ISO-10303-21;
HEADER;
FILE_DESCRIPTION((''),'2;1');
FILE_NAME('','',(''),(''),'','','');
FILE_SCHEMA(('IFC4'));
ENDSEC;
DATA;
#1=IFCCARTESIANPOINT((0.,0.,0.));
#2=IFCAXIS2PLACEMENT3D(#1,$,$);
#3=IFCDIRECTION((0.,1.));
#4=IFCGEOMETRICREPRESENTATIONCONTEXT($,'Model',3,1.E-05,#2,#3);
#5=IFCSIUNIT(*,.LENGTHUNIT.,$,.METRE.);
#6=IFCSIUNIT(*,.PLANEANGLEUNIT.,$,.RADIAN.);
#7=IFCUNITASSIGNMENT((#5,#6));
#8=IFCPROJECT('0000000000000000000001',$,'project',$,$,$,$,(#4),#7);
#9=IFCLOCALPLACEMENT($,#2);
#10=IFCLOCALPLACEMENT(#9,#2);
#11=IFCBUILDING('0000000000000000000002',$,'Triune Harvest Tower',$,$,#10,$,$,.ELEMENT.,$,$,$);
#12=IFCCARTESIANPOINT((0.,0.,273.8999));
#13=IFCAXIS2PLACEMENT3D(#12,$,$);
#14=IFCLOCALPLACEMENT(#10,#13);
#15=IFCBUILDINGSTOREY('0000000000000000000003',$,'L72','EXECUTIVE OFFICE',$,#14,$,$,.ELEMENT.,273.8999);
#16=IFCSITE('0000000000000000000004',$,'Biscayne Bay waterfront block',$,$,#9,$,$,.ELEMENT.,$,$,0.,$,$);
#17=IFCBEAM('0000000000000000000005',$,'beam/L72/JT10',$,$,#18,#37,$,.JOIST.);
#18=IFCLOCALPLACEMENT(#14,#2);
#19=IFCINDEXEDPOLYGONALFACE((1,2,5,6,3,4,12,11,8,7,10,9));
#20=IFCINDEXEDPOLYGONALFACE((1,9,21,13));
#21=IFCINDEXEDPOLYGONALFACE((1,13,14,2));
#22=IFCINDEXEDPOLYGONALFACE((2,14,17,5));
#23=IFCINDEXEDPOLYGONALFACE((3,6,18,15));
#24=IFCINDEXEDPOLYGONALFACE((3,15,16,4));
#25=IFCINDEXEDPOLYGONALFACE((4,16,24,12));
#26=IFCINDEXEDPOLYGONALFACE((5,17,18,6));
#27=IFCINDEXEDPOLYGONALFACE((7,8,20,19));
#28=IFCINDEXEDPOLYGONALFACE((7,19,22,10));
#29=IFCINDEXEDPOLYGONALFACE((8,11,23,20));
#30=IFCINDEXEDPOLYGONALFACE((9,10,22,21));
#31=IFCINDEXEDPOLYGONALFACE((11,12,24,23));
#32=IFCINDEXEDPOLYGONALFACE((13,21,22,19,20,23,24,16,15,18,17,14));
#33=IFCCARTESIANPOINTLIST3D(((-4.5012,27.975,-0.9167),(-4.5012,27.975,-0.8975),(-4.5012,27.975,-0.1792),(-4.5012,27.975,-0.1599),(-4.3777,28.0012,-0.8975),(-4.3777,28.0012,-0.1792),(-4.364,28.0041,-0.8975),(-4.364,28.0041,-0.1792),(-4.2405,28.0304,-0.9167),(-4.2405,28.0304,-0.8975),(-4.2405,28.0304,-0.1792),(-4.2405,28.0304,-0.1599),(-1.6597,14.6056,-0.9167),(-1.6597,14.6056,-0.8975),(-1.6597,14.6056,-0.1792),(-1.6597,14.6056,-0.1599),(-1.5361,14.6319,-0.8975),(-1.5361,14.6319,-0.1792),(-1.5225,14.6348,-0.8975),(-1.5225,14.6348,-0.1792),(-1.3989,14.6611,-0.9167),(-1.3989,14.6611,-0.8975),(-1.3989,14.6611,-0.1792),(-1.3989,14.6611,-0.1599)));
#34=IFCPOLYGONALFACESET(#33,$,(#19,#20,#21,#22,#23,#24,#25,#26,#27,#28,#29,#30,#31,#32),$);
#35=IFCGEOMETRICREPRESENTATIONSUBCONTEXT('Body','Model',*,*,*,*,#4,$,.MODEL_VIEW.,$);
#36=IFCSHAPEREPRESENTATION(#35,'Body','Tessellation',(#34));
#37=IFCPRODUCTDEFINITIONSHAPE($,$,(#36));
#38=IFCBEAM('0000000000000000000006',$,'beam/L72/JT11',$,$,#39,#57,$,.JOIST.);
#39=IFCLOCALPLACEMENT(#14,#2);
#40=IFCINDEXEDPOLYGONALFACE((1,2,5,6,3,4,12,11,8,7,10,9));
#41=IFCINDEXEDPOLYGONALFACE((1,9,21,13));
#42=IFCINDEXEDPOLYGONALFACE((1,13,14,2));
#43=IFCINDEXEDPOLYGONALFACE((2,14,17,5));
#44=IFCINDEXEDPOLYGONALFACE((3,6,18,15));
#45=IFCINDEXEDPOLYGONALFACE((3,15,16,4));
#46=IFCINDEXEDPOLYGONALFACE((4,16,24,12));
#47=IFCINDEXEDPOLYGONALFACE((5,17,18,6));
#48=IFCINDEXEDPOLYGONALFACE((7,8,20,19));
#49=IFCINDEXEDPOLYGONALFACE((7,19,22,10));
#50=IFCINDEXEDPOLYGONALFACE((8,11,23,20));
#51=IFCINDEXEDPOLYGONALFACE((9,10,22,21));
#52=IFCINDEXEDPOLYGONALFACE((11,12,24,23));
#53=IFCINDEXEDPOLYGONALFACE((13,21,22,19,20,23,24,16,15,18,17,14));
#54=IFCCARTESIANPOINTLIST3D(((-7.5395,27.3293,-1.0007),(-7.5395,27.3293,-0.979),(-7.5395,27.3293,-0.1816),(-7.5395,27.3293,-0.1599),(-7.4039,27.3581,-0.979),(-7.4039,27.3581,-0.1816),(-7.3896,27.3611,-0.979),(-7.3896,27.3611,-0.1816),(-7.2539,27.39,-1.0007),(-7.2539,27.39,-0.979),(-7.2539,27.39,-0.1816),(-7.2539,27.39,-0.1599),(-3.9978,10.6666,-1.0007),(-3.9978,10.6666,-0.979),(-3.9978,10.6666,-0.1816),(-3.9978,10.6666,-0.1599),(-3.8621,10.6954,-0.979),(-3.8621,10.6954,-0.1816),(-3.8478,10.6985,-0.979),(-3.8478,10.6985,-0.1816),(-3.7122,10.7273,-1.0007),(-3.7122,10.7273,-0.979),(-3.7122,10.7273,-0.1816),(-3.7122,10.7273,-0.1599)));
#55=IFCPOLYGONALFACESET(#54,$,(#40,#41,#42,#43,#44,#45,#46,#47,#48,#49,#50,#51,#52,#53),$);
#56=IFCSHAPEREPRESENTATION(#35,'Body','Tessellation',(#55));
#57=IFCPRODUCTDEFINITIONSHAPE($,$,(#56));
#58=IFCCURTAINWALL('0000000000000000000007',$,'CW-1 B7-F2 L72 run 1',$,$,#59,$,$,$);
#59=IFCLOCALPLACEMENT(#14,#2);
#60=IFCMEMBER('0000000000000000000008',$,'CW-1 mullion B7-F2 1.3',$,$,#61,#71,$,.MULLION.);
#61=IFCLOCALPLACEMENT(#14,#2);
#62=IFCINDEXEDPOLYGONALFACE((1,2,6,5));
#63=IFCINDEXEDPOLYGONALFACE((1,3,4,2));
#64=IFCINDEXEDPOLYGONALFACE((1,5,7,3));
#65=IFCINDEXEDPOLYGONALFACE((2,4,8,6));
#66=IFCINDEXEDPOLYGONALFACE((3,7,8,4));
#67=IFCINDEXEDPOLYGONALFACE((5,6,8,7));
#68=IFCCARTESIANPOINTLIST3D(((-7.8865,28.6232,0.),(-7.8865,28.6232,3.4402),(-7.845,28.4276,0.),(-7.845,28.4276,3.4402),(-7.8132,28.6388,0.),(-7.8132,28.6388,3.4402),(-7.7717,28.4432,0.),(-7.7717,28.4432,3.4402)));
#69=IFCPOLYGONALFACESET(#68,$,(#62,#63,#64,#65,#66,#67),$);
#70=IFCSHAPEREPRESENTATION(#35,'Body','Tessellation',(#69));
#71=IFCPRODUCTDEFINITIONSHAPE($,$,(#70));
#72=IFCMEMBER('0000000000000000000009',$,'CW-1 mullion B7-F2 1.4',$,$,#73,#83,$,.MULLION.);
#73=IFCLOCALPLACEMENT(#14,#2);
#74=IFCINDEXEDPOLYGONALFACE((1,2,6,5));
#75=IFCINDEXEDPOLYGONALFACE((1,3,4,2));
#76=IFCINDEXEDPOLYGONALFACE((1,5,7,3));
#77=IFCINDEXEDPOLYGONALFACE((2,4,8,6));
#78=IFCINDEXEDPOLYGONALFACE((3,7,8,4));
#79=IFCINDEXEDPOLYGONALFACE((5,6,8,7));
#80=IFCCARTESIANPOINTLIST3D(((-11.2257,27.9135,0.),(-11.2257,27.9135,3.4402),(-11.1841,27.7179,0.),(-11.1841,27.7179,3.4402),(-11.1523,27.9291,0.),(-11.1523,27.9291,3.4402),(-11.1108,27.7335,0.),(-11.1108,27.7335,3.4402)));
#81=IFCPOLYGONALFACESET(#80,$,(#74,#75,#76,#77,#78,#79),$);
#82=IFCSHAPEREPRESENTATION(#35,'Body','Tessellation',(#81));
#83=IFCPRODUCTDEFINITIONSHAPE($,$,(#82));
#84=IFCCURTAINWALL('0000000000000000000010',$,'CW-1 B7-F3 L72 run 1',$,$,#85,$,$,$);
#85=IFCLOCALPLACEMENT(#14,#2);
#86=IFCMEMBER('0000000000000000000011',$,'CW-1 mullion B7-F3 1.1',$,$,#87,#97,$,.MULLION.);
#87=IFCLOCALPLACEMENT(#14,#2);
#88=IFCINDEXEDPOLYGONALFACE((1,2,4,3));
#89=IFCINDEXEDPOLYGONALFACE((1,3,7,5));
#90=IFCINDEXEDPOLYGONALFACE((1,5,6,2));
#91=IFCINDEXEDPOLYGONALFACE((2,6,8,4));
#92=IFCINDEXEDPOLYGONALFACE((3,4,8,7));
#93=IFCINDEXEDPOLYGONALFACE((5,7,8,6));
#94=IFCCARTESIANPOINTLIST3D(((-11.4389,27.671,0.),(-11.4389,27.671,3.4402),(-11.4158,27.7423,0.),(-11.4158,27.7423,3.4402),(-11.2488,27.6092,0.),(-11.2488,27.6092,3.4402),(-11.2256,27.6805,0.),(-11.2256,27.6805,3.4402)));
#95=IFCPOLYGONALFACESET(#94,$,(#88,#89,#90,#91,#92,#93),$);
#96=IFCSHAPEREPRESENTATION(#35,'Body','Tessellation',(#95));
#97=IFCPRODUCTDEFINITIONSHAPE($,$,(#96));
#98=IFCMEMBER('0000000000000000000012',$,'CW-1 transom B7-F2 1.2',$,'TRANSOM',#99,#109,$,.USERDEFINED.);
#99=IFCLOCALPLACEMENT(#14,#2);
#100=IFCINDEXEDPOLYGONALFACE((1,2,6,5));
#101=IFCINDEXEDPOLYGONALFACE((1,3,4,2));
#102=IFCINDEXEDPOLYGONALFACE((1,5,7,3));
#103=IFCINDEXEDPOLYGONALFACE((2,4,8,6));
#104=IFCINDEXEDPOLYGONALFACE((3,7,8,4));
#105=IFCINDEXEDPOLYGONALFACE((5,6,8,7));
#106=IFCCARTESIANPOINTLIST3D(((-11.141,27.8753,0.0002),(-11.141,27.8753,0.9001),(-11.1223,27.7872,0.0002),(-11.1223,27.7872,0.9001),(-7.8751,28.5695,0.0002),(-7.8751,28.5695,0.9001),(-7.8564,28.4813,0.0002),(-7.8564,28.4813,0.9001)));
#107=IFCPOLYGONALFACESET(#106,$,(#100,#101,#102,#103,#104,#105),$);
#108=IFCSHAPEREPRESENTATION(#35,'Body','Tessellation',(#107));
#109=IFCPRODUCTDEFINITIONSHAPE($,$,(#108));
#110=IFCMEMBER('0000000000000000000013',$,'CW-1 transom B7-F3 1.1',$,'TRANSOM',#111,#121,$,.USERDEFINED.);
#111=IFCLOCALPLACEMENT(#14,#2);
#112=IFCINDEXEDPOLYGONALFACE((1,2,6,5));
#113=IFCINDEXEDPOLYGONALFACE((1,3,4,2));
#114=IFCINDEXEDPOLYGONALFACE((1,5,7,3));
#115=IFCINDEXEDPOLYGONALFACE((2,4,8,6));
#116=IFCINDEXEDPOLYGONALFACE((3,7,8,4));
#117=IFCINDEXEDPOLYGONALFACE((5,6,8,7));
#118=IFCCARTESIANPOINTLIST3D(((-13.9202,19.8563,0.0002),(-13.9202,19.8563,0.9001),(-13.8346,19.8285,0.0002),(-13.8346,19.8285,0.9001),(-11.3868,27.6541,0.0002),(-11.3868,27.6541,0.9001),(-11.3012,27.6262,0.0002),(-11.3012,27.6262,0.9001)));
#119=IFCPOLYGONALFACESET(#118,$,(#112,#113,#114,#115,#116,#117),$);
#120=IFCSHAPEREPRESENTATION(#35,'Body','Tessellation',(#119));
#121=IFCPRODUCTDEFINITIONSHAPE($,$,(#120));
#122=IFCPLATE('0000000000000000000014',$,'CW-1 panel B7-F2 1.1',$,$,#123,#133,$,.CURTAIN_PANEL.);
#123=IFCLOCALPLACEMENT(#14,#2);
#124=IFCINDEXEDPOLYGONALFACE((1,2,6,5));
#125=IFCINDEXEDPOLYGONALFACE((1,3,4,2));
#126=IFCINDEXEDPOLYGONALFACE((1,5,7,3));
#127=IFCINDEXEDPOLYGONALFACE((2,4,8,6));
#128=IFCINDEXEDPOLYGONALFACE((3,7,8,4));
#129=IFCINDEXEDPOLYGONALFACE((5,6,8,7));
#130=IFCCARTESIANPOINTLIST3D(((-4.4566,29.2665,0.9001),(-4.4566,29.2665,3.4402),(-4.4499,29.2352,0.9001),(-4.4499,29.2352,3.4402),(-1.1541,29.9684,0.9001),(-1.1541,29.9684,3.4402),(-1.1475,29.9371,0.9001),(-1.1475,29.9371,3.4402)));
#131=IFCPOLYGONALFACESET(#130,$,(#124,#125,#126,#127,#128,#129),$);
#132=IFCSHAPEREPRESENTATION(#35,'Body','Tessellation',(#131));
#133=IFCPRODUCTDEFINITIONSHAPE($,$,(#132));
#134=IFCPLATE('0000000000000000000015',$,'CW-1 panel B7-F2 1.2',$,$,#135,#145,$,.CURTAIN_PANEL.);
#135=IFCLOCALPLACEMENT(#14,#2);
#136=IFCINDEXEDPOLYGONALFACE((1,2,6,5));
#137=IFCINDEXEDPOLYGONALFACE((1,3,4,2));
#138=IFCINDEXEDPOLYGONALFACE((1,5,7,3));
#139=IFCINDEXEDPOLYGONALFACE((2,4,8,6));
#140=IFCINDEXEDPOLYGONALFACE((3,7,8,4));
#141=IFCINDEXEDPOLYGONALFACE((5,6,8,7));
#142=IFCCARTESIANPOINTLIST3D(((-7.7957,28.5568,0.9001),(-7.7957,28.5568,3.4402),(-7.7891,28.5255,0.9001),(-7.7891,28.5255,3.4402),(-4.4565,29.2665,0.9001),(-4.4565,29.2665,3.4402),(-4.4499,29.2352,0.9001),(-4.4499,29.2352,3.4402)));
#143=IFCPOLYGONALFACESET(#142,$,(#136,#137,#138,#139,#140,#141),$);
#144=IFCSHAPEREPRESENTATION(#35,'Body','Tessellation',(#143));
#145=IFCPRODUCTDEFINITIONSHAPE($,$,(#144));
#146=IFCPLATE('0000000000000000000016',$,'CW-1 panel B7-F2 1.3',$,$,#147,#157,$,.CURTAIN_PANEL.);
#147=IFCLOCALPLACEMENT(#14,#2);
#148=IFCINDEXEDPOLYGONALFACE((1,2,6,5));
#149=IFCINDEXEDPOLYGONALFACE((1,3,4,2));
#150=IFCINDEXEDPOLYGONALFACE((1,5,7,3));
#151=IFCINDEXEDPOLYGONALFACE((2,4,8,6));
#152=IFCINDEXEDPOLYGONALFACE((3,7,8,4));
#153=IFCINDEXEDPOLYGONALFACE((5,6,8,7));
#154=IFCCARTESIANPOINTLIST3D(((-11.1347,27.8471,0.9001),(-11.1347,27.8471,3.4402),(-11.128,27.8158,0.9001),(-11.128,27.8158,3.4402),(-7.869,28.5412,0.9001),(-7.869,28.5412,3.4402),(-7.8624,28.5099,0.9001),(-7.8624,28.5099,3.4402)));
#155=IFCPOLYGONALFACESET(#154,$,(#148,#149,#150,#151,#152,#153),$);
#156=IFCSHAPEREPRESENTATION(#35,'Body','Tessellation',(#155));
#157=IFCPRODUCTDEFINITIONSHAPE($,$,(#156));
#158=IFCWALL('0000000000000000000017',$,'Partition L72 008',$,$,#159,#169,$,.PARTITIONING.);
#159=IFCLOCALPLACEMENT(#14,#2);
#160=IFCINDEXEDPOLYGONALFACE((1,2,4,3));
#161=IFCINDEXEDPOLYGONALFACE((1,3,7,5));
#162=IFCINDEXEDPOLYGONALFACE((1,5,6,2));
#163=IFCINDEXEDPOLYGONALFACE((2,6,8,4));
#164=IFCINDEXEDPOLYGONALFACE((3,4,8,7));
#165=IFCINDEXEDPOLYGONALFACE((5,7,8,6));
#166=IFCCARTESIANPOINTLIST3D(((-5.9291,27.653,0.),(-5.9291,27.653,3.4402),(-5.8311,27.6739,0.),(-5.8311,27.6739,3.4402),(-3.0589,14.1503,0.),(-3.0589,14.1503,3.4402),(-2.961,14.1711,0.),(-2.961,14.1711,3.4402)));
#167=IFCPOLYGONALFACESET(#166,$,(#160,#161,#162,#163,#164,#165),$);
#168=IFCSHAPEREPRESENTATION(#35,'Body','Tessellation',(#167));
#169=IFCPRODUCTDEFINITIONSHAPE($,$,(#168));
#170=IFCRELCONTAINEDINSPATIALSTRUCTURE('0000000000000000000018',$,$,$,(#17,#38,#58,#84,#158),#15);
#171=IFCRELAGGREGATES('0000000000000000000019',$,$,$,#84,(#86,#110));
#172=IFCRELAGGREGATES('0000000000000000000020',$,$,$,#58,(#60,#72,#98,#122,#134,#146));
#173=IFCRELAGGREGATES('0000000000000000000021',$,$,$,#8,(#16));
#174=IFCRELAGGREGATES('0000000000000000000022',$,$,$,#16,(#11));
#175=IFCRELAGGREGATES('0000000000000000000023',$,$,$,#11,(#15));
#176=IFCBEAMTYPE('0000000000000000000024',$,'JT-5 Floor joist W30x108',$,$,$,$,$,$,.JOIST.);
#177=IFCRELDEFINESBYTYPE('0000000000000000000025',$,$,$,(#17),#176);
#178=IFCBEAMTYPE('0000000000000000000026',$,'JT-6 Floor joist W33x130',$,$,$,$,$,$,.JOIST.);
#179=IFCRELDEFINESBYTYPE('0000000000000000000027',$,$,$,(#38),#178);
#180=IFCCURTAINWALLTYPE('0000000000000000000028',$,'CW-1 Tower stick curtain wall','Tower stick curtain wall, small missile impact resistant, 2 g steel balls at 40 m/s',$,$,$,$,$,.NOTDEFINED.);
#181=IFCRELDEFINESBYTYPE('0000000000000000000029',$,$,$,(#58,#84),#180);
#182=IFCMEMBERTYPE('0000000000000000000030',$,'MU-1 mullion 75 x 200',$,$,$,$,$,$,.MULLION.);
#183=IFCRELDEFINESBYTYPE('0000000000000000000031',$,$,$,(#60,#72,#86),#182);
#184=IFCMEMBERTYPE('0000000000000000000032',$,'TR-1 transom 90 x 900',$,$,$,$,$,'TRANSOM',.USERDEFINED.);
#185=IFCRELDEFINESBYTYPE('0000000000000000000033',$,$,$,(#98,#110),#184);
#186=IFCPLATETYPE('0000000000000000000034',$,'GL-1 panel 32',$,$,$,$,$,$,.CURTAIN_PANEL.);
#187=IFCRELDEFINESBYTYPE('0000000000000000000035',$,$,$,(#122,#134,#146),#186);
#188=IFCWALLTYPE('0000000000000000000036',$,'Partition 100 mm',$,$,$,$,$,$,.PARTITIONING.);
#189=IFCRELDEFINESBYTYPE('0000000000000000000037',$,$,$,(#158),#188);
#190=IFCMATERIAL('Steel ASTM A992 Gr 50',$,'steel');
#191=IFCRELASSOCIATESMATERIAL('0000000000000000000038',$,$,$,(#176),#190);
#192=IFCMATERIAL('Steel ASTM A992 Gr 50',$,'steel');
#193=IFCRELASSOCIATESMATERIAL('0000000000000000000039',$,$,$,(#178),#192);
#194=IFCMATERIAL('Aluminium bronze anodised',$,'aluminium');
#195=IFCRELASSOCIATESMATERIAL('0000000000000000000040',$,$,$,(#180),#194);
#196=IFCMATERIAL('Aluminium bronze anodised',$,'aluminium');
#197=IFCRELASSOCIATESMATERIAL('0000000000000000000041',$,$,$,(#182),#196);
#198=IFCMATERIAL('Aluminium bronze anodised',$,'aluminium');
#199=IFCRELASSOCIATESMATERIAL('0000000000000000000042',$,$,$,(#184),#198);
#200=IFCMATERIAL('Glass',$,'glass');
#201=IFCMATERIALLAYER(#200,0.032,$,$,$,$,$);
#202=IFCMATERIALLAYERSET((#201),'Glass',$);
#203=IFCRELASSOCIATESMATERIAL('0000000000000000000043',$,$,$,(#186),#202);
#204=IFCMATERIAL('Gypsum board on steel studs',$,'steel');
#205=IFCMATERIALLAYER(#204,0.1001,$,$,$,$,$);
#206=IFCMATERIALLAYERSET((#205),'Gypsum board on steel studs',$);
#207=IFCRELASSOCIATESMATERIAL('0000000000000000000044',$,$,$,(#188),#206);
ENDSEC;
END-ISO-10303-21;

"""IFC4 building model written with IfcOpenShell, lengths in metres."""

from ifc_helpers import new_model, si_unit, direction, frame, frame_2d, origin, origin_2d, place, context, subcontext, project, spatial, rectangle, i_section, extrude, source, transform, mapped, material, layer, layer_set, material_profile, profile_set, type_object, element, aggregate, save


model = new_model("IFC4")

# Units and contexts
model_context = context("Model", 3, precision=1e-05, world=origin(), true_north=direction((0.0, 1.0)))
body_context = subcontext(model_context, "Body", "Model", "MODEL_VIEW")
ifc_project = project(units=[si_unit("LENGTHUNIT", "METRE"), si_unit("PLANEANGLEUNIT", "RADIAN")], contexts=[model_context])

# Site, building, storey
site_placement = place(None, origin())
site = spatial("IfcSite", under=ifc_project, at=site_placement, Name="Biscayne Bay waterfront block", CompositionType="ELEMENT", RefElevation=0.0)
building_placement = place(site_placement, origin())
building = spatial("IfcBuilding", under=site, at=building_placement, Name="Triune Harvest Tower", CompositionType="ELEMENT")
storey_placement = place(building_placement, frame((0.0, 0.0, 273.8999)))
storey = spatial("IfcBuildingStorey", under=building, at=storey_placement, Name="L72", Description="EXECUTIVE OFFICE", CompositionType="ELEMENT", Elevation=273.8999)

# Beams
ifc_material_1 = material(Name="Steel ASTM A992 Gr 50", Category="steel")
ifc_material_profile_1 = material_profile(ifc_material_1, i_section(OverallWidth=0.2666, OverallDepth=0.7568, WebThickness=0.0139, FlangeThickness=0.0193, at=origin_2d()), Name="W30x108")
ifc_profile_set_1 = profile_set([ifc_material_profile_1], Name="Steel ASTM A992 Gr 50")
beam_type_1 = type_object("IfcBeamType", Name="JT-5 Floor joist W30x108", PredefinedType="JOIST", material=ifc_profile_set_1)
shared_shape_1 = source(origin(), body_context, "Body", "SweptSolid", [
    extrude(i_section(OverallWidth=0.2666, OverallDepth=0.7568, WebThickness=0.0139, FlangeThickness=0.0193, at=origin_2d()), origin(), (0.0, 0.0, 1.0), 13.668),
])
beam_1_placement = place(storey_placement, frame((-4.3708, 28.0027, -0.5383), z_axis=(0.207898, -0.978151, 0.0), x_axis=(0.978151, 0.207898, 0.0)))
element("IfcBeam", 1, at=beam_1_placement, inside=storey, type_object=beam_type_1, Name="beam/L72/JT10", PredefinedType="JOIST", context=body_context, shape_type="MappedRepresentation", body=[
    mapped(shared_shape_1, transform((0.0, 0.0, 0.0), scale=1.0)),
])
ifc_material_2 = material(Name="Steel ASTM A992 Gr 50", Category="steel")
ifc_material_profile_2 = material_profile(ifc_material_2, i_section(OverallWidth=0.292, OverallDepth=0.8408, WebThickness=0.0146, FlangeThickness=0.0217, at=origin_2d()), Name="W33x130")
ifc_profile_set_2 = profile_set([ifc_material_profile_2], Name="Steel ASTM A992 Gr 50")
beam_type_2 = type_object("IfcBeamType", Name="JT-6 Floor joist W33x130", PredefinedType="JOIST", material=ifc_profile_set_2)
shared_shape_2 = source(origin(), body_context, "Body", "SweptSolid", [
    extrude(i_section(OverallWidth=0.292, OverallDepth=0.8408, WebThickness=0.0146, FlangeThickness=0.0217, at=origin_2d()), origin(), (0.0, 0.0, 1.0), 17.0349),
])
beam_2_placement = place(storey_placement, frame((-7.3967, 27.3596, -0.5803), z_axis=(0.207912, -0.978148, 0.0), x_axis=(0.978148, 0.207912, 0.0)))
element("IfcBeam", 2, at=beam_2_placement, inside=storey, type_object=beam_type_2, Name="beam/L72/JT11", PredefinedType="JOIST", context=body_context, shape_type="MappedRepresentation", body=[
    mapped(shared_shape_2, transform((0.0, 0.0, 0.0), scale=1.0)),
])

# Curtain wall, members
ifc_material_3 = material(Name="Aluminium bronze anodised", Category="aluminium")
curtain_wall_type = type_object("IfcCurtainWallType", Name="CW-1 Tower stick curtain wall", Description="Tower stick curtain wall, small missile impact resistant, 2 g steel balls at 40 m/s", PredefinedType="NOTDEFINED", material=ifc_material_3)
curtain_wall_1_placement = place(storey_placement, origin())
curtain_wall_1 = element("IfcCurtainWall", 3, at=curtain_wall_1_placement, inside=storey, type_object=curtain_wall_type, Name="CW-1 B7-F2 L72 run 1")
ifc_material_4 = material(Name="Aluminium bronze anodised", Category="aluminium")
ifc_material_profile_3 = material_profile(ifc_material_4, rectangle(XDim=0.2, YDim=0.075, at=origin_2d()), Name="MU-1 mullion 75 x 200")
ifc_profile_set_3 = profile_set([ifc_material_profile_3], Name="Aluminium bronze anodised")
member_type_1 = type_object("IfcMemberType", Name="MU-1 mullion 75 x 200", PredefinedType="MULLION", material=ifc_profile_set_3)
shared_shape_3 = source(origin(), body_context, "Body", "SweptSolid", [
    extrude(rectangle(XDim=0.2, YDim=0.075, at=origin_2d()), origin(), (0.0, 0.0, 1.0), 3.4402),
])
member_1_placement = place(storey_placement, frame((-7.8291, 28.5332, 0.0), z_axis=(0.0, 0.0, 1.0), x_axis=(0.207905, -0.978149, 0.0)))
member_1 = element("IfcMember", 4, at=member_1_placement, type_object=member_type_1, Name="CW-1 mullion B7-F2 1.3", PredefinedType="MULLION", context=body_context, shape_type="MappedRepresentation", body=[
    mapped(shared_shape_3, transform((0.0, 0.0, 0.0), scale=1.0)),
])
member_2_placement = place(storey_placement, frame((-11.1682, 27.8235, 0.0), z_axis=(0.0, 0.0, 1.0), x_axis=(0.207905, -0.978149, 0.0)))
member_2 = element("IfcMember", 5, at=member_2_placement, type_object=member_type_1, Name="CW-1 mullion B7-F2 1.4", PredefinedType="MULLION", context=body_context, shape_type="MappedRepresentation", body=[
    mapped(shared_shape_3, transform((0.0, 0.0, 0.0), scale=1.0)),
])

# Curtain wall, member
curtain_wall_2_placement = place(storey_placement, origin())
curtain_wall_2 = element("IfcCurtainWall", 6, at=curtain_wall_2_placement, inside=storey, type_object=curtain_wall_type, Name="CW-1 B7-F3 L72 run 1")
member_3_placement = place(storey_placement, frame((-11.3323, 27.6758, 0.0), z_axis=(0.0, 0.0, 1.0), x_axis=(0.951058, -0.309013, 0.0)))
member_3 = element("IfcMember", 7, at=member_3_placement, type_object=member_type_1, Name="CW-1 mullion B7-F3 1.1", PredefinedType="MULLION", context=body_context, shape_type="MappedRepresentation", body=[
    mapped(shared_shape_3, transform((0.0, 0.0, 0.0), scale=1.0)),
])

# Members
ifc_material_5 = material(Name="Aluminium bronze anodised", Category="aluminium")
ifc_material_profile_4 = material_profile(ifc_material_5, rectangle(XDim=0.0901, YDim=0.8999, at=origin_2d()), Name="TR-1 transom 90 x 900")
ifc_profile_set_4 = profile_set([ifc_material_profile_4], Name="Aluminium bronze anodised")
member_type_2 = type_object("IfcMemberType", Name="TR-1 transom 90 x 900", ElementType="TRANSOM", PredefinedType="USERDEFINED", material=ifc_profile_set_4)
shared_shape_4 = source(origin(), body_context, "Body", "SweptSolid", [
    extrude(rectangle(XDim=0.0901, YDim=0.8999, at=origin_2d()), origin(), (0.0, 0.0, 1.0), 3.3389),
])
member_4_placement = place(storey_placement, frame((-7.8657, 28.5254, 0.4502), z_axis=(-0.978153, -0.207886, 0.0), x_axis=(0.207886, -0.978153, 0.0)))
member_4 = element("IfcMember", 8, at=member_4_placement, type_object=member_type_2, Name="CW-1 transom B7-F2 1.2", ObjectType="TRANSOM", PredefinedType="USERDEFINED", context=body_context, shape_type="MappedRepresentation", body=[
    mapped(shared_shape_4, transform((0.0, 0.0, 0.0), scale=1.0)),
])
shared_shape_5 = source(origin(), body_context, "Body", "SweptSolid", [
    extrude(rectangle(XDim=0.0901, YDim=0.8999, at=origin_2d()), origin(), (0.0, 0.0, 1.0), 8.199),
])
member_5_placement = place(storey_placement, frame((-11.344, 27.6401, 0.4502), z_axis=(-0.308992, -0.951065, 0.0), x_axis=(0.951065, -0.308992, 0.0)))
member_5 = element("IfcMember", 9, at=member_5_placement, type_object=member_type_2, Name="CW-1 transom B7-F3 1.1", ObjectType="TRANSOM", PredefinedType="USERDEFINED", context=body_context, shape_type="MappedRepresentation", body=[
    mapped(shared_shape_5, transform((0.0, 0.0, 0.0), scale=1.0)),
])
aggregate(curtain_wall_2, [member_3, member_5])

# Plates
ifc_material_6 = material(Name="Glass", Category="glass")
ifc_layer_1 = layer(ifc_material_6, 0.032)
ifc_layer_set_1 = layer_set([ifc_layer_1], Name="Glass")
plate_type = type_object("IfcPlateType", Name="GL-1 panel 32", PredefinedType="CURTAIN_PANEL", material=ifc_layer_set_1)
shared_shape_6 = source(origin(), body_context, "Body", "SweptSolid", [
    extrude(rectangle(XDim=3.3762, YDim=0.032, at=origin_2d()), origin(), (0.0, 0.0, 1.0), 2.54),
])
plate_1_placement = place(storey_placement, frame((-2.802, 29.6018, 0.9001), z_axis=(0.0, 0.0, 1.0), x_axis=(-0.978149, -0.207905, 0.0)))
plate_1 = element("IfcPlate", 10, at=plate_1_placement, type_object=plate_type, Name="CW-1 panel B7-F2 1.1", PredefinedType="CURTAIN_PANEL", context=body_context, shape_type="MappedRepresentation", body=[
    mapped(shared_shape_6, transform((0.0, 0.0, 0.0), scale=1.0)),
])
shared_shape_7 = source(origin(), body_context, "Body", "SweptSolid", [
    extrude(rectangle(XDim=3.4138, YDim=0.032, at=origin_2d()), origin(), (0.0, 0.0, 1.0), 2.54),
])
plate_2_placement = place(storey_placement, frame((-6.1228, 28.896, 0.9001), z_axis=(0.0, 0.0, 1.0), x_axis=(-0.978149, -0.207905, 0.0)))
plate_2 = element("IfcPlate", 11, at=plate_2_placement, type_object=plate_type, Name="CW-1 panel B7-F2 1.2", PredefinedType="CURTAIN_PANEL", context=body_context, shape_type="MappedRepresentation", body=[
    mapped(shared_shape_7, transform((0.0, 0.0, 0.0), scale=1.0)),
])
shared_shape_8 = source(origin(), body_context, "Body", "SweptSolid", [
    extrude(rectangle(XDim=3.3386, YDim=0.032, at=origin_2d()), origin(), (0.0, 0.0, 1.0), 2.54),
])
plate_3_placement = place(storey_placement, frame((-9.4985, 28.1785, 0.9001), z_axis=(0.0, 0.0, 1.0), x_axis=(-0.978149, -0.207905, 0.0)))
plate_3 = element("IfcPlate", 12, at=plate_3_placement, type_object=plate_type, Name="CW-1 panel B7-F2 1.3", PredefinedType="CURTAIN_PANEL", context=body_context, shape_type="MappedRepresentation", body=[
    mapped(shared_shape_8, transform((0.0, 0.0, 0.0), scale=1.0)),
])
aggregate(curtain_wall_1, [member_1, member_2, member_4, plate_1, plate_2, plate_3])

# Wall
ifc_material_7 = material(Name="Gypsum board on steel studs", Category="steel")
ifc_layer_2 = layer(ifc_material_7, 0.1001)
ifc_layer_set_2 = layer_set([ifc_layer_2], Name="Gypsum board on steel studs")
wall_type = type_object("IfcWallType", Name="Partition 100 mm", PredefinedType="PARTITIONING", material=ifc_layer_set_2)
wall_1_placement = place(storey_placement, frame((-5.8801, 27.6636, 0.0), z_axis=(0.0, 0.0, 1.0), x_axis=(0.207914, -0.978147, 0.0)))
element("IfcWall", 13, at=wall_1_placement, inside=storey, type_object=wall_type, Name="Partition L72 008", PredefinedType="PARTITIONING", context=body_context, shape_type="SweptSolid", body=[
    extrude(rectangle(XDim=13.8044, YDim=0.1001, at=frame_2d((6.9023, 0.0))), origin(), (0.0, 0.0, 1.0), 3.4402),
])

save(model, "model.ifc")
